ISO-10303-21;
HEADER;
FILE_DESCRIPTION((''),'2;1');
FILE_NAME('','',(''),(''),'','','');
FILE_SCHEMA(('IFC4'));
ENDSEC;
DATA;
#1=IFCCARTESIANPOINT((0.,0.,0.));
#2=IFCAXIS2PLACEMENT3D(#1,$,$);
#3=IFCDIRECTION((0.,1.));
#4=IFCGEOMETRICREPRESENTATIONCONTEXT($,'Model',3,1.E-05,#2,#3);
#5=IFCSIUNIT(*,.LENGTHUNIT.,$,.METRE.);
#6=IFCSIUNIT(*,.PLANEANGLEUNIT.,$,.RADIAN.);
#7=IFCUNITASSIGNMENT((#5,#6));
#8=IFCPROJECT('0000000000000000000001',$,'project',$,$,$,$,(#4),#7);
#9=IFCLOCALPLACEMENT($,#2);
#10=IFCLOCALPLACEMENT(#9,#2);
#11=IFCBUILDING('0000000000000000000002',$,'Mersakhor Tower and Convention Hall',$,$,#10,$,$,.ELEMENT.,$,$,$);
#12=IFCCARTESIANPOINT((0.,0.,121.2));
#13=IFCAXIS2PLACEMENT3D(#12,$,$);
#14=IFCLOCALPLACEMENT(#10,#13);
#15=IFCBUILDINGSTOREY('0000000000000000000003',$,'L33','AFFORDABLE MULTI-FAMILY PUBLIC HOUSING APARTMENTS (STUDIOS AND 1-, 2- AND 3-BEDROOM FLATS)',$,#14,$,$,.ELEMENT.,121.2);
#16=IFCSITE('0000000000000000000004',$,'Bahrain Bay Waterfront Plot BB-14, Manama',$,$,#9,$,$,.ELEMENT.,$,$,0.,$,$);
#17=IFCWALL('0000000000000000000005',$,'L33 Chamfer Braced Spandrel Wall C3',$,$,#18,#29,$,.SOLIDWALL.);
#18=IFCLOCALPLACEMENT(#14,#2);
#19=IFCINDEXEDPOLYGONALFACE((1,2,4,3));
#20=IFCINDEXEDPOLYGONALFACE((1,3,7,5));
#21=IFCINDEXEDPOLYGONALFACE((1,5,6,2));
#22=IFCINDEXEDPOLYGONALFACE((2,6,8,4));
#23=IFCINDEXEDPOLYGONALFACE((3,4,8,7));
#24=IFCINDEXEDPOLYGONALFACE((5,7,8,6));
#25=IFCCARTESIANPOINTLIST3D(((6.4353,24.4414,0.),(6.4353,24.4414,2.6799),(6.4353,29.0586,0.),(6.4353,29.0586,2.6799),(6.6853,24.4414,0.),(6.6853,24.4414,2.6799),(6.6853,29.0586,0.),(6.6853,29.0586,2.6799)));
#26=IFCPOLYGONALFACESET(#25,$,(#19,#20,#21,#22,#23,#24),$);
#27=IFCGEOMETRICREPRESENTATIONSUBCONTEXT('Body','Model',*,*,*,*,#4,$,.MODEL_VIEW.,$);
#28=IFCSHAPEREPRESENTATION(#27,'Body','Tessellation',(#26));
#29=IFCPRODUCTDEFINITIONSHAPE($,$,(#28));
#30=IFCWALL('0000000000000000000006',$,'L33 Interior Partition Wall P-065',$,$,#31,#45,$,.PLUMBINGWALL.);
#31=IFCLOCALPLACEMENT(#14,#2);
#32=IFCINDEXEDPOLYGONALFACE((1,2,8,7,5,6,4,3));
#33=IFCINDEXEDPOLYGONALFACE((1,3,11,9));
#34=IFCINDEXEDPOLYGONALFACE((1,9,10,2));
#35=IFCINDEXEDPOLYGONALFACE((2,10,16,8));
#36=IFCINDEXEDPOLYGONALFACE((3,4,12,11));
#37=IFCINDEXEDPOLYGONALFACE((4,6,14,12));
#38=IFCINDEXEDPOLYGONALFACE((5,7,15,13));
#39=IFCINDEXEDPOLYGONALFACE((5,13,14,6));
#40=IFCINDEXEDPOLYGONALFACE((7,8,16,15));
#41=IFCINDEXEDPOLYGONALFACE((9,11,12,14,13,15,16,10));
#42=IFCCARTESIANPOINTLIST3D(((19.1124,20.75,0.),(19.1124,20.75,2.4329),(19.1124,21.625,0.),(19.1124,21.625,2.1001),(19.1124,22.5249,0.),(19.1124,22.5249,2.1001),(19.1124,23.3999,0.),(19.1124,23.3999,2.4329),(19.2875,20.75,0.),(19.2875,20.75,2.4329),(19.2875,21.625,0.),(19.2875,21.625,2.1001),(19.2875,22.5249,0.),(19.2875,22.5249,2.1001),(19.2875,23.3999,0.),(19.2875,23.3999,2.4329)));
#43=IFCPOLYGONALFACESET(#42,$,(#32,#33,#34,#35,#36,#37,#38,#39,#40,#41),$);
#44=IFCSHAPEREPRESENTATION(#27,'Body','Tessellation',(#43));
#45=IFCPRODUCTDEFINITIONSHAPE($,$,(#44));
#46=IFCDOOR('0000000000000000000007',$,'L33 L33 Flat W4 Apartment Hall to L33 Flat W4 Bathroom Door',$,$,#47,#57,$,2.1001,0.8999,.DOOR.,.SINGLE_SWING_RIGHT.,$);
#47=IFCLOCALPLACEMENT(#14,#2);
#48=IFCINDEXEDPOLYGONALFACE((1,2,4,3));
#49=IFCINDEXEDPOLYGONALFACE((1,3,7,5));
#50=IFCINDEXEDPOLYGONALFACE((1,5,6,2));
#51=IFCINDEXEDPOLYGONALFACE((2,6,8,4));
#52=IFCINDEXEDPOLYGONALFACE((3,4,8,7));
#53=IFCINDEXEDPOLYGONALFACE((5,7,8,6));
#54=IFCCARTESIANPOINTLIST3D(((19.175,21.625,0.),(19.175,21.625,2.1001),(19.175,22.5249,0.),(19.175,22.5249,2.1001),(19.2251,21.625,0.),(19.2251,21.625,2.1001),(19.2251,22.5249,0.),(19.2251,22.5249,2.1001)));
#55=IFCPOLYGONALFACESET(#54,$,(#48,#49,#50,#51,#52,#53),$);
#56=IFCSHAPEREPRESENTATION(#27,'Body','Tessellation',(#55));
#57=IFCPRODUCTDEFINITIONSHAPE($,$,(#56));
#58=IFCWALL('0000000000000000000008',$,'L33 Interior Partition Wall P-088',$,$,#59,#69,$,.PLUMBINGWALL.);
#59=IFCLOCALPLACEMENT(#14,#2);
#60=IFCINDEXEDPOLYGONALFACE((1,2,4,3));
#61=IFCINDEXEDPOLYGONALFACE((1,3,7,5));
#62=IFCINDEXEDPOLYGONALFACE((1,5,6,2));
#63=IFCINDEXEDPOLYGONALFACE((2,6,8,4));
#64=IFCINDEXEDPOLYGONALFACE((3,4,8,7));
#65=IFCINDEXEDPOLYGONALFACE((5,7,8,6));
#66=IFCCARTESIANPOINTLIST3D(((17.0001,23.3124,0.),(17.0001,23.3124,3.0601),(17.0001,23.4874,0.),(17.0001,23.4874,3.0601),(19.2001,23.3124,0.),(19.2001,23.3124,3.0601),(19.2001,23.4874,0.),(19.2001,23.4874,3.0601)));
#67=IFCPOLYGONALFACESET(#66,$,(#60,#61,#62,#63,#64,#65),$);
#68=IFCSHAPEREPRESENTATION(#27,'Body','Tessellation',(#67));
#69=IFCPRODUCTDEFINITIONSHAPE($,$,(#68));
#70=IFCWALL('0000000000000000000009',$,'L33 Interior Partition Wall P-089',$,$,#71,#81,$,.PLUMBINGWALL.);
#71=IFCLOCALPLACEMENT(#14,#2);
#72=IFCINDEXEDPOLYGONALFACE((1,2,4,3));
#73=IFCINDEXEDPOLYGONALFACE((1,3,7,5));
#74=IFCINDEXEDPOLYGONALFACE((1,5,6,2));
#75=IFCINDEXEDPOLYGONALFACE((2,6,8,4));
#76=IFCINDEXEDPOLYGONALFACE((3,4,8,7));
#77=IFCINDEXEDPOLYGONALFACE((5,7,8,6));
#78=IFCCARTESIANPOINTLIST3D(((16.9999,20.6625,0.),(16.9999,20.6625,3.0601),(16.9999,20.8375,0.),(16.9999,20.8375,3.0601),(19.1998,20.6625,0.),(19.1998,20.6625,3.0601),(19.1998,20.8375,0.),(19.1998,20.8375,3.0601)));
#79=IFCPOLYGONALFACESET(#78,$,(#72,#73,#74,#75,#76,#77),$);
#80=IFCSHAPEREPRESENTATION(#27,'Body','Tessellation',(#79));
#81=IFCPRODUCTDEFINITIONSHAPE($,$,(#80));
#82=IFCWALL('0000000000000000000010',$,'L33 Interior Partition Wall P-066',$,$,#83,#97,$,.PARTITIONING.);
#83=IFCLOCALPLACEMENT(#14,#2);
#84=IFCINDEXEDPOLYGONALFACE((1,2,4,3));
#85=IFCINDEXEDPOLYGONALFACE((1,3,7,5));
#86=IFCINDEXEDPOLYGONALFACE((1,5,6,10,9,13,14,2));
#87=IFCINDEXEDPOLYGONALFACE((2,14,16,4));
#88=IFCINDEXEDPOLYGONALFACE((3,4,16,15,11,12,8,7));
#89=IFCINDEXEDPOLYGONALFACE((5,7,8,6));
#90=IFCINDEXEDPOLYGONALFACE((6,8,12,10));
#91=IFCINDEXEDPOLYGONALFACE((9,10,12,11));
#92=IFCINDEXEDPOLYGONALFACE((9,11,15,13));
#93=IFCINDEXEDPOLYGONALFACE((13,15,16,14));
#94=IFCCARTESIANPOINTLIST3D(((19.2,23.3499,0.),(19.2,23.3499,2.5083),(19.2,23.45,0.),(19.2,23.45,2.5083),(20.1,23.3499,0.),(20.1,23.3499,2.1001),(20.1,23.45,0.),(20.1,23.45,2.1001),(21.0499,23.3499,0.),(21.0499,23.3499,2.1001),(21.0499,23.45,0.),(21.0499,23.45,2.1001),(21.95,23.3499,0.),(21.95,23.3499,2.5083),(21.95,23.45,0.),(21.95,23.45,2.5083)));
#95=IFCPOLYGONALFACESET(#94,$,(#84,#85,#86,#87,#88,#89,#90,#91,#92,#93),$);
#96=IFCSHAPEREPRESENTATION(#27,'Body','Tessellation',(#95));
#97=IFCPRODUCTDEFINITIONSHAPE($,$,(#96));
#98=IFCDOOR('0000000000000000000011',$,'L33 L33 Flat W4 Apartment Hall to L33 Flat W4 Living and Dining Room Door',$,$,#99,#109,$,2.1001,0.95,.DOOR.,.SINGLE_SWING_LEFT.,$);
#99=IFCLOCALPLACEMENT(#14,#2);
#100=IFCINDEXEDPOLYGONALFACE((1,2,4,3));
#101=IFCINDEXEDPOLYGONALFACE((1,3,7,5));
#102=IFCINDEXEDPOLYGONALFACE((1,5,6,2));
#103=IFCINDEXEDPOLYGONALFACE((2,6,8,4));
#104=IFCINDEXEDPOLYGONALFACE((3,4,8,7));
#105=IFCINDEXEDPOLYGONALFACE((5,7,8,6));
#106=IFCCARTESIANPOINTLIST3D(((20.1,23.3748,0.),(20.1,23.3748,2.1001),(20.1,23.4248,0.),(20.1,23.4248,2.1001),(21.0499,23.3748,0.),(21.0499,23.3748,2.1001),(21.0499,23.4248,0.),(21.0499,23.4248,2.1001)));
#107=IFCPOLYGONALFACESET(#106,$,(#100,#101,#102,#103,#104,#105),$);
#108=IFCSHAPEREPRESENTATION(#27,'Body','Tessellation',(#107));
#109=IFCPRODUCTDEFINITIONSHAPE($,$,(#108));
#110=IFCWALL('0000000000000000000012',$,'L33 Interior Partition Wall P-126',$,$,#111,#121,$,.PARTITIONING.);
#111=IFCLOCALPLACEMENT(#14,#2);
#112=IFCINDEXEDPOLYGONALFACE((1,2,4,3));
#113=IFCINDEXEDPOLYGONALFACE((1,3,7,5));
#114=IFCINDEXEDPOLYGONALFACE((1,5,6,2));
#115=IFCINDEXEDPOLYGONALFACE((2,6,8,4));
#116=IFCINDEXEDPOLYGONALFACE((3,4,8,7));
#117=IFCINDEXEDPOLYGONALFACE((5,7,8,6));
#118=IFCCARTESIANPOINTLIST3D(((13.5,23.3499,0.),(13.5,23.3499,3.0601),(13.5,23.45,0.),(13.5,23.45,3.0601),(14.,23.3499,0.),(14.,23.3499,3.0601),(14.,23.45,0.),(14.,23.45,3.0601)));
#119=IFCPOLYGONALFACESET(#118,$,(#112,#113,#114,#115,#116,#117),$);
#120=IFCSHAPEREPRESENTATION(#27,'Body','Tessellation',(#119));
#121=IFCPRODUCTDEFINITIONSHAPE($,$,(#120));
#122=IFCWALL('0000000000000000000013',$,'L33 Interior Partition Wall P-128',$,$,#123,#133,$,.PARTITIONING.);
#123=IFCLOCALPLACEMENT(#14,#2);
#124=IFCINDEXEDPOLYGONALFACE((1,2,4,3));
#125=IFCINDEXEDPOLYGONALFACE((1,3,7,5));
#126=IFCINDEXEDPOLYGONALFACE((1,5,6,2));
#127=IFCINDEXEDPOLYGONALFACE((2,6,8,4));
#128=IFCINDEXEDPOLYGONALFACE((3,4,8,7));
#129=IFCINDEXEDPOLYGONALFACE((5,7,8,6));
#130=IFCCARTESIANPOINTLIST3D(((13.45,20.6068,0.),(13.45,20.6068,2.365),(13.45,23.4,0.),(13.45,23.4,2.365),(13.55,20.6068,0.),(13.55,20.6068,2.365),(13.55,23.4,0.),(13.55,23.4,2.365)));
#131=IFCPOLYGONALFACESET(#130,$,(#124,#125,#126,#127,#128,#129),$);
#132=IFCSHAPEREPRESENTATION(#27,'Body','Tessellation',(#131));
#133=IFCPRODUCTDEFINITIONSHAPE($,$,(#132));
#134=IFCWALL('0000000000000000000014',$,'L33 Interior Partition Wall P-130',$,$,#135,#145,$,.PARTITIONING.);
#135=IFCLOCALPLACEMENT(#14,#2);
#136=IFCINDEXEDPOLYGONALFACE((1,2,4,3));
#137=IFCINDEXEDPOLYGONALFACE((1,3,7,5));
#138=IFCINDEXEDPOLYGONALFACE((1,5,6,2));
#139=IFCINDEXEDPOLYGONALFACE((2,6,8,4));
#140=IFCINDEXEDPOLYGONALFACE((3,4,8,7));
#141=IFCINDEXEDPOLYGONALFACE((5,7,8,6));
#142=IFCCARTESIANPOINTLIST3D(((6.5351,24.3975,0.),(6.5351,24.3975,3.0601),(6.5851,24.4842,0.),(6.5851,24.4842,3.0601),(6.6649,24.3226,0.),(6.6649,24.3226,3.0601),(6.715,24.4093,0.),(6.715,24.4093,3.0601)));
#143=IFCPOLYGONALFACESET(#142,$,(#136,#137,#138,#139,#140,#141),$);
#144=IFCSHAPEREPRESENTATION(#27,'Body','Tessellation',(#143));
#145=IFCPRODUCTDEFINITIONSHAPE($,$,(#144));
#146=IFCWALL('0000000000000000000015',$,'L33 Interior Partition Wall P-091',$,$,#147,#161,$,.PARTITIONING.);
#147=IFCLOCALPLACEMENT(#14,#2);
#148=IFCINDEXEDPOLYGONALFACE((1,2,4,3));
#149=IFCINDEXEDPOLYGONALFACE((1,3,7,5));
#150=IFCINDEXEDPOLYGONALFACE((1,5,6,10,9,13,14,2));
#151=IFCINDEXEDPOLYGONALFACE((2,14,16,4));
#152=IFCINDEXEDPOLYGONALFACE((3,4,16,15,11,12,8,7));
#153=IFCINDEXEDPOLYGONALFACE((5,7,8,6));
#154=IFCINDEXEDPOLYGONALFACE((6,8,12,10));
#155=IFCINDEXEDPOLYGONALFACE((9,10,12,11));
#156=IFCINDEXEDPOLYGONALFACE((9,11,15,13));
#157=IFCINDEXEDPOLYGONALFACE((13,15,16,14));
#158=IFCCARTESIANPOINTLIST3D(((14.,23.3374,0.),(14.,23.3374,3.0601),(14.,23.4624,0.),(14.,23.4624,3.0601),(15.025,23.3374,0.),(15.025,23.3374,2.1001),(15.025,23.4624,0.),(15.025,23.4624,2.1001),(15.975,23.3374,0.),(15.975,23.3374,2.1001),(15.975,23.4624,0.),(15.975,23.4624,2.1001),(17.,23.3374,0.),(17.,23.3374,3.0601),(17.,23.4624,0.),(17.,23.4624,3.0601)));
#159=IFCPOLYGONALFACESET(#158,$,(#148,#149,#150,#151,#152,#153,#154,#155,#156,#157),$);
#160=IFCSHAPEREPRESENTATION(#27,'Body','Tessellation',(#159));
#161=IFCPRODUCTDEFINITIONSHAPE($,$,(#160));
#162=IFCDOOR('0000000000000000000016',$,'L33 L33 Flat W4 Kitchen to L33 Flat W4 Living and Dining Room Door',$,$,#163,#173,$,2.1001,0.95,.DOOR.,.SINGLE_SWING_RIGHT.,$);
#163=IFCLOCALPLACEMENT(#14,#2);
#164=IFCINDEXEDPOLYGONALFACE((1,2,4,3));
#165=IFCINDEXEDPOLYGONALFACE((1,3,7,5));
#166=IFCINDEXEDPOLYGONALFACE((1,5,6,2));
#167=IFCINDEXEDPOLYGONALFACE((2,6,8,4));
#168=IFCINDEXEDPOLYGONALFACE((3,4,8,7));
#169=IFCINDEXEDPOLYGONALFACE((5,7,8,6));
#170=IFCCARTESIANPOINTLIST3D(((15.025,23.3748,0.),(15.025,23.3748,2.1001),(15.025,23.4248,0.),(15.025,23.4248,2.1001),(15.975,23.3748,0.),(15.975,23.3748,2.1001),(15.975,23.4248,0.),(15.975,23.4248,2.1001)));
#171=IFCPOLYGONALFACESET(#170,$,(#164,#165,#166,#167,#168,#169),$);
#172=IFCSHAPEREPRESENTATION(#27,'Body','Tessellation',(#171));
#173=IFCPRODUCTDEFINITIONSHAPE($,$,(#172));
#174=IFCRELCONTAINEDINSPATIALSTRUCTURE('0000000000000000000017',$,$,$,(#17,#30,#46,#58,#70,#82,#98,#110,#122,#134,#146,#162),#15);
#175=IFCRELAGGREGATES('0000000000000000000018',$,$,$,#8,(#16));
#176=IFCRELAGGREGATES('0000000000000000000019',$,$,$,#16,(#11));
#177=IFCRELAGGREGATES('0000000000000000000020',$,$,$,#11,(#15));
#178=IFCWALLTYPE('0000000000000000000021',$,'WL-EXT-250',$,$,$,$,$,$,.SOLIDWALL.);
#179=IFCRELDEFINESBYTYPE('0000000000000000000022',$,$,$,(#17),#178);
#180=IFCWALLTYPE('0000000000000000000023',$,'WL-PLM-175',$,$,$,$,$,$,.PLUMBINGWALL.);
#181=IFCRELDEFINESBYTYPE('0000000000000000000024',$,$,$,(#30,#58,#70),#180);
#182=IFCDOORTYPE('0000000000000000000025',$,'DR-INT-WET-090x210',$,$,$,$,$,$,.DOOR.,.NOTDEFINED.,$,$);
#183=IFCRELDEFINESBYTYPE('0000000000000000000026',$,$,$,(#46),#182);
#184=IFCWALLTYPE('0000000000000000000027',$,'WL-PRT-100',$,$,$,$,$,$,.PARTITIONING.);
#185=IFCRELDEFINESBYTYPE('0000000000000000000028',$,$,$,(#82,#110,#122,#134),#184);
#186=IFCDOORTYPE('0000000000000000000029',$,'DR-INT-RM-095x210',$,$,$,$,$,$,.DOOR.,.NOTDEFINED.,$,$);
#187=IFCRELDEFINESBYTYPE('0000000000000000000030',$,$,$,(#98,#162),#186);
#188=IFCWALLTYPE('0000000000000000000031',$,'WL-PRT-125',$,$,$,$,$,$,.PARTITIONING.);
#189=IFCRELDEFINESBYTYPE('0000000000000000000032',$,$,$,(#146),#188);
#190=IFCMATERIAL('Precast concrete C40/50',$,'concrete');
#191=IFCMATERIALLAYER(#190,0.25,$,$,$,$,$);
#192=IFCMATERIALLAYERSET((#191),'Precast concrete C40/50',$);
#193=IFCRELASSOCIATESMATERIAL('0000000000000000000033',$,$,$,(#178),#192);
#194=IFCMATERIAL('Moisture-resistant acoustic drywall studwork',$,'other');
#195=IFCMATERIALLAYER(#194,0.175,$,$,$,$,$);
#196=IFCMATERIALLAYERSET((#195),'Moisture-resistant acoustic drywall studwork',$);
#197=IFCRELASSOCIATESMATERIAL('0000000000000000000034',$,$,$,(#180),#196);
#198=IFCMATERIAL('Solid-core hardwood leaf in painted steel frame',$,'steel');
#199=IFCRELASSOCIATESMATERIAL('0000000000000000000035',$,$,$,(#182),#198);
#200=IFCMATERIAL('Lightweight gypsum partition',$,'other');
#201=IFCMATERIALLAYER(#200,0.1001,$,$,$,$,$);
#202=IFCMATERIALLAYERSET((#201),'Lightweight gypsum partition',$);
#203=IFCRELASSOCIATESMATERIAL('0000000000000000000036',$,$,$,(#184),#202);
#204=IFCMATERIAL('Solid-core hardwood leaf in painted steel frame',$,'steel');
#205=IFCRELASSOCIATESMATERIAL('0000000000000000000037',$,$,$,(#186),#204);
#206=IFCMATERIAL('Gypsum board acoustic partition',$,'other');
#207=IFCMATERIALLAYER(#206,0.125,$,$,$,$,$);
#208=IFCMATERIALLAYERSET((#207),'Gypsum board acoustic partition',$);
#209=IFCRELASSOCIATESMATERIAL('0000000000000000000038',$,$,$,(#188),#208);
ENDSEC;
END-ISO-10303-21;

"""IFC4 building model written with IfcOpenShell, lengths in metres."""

from ifc_helpers import new_model, si_unit, direction, frame, frame_2d, origin, place, context, subcontext, project, spatial, rectangle, extrude, material, layer, layer_set, type_object, element, fill, save


model = new_model("IFC4")

# Units and contexts
model_context = context("Model", 3, precision=1e-05, world=origin(), true_north=direction((0.0, 1.0)))
body_context = subcontext(model_context, "Body", "Model", "MODEL_VIEW")
ifc_project = project(units=[si_unit("LENGTHUNIT", "METRE"), si_unit("PLANEANGLEUNIT", "RADIAN")], contexts=[model_context])

# Site, building, storey
site_placement = place(None, origin())
site = spatial("IfcSite", under=ifc_project, at=site_placement, Name="Bahrain Bay Waterfront Plot BB-14, Manama", CompositionType="ELEMENT", RefElevation=0.0)
building_placement = place(site_placement, origin())
building = spatial("IfcBuilding", under=site, at=building_placement, Name="Mersakhor Tower and Convention Hall", CompositionType="ELEMENT")
storey_placement = place(building_placement, frame((0.0, 0.0, 121.2)))
storey = spatial("IfcBuildingStorey", under=building, at=storey_placement, Name="L33", Description="AFFORDABLE MULTI-FAMILY PUBLIC HOUSING APARTMENTS (STUDIOS AND 1-, 2- AND 3-BEDROOM FLATS)", CompositionType="ELEMENT", Elevation=121.2)

# Wall
ifc_material_1 = material(Name="Precast concrete C40/50", Category="concrete")
ifc_layer_1 = layer(ifc_material_1, 0.25)
ifc_layer_set_1 = layer_set([ifc_layer_1], Name="Precast concrete C40/50")
wall_type_1 = type_object("IfcWallType", Name="WL-EXT-250", PredefinedType="SOLIDWALL", material=ifc_layer_set_1)
wall_1_placement = place(storey_placement, frame((6.5603, 24.4414, 0.0), z_axis=(0.0, 0.0, 1.0), x_axis=(0.0, 1.0, 0.0)))
element("IfcWall", 1, at=wall_1_placement, inside=storey, type_object=wall_type_1, Name="L33 Chamfer Braced Spandrel Wall C3", PredefinedType="SOLIDWALL", context=body_context, shape_type="SweptSolid", body=[
    extrude(rectangle(XDim=4.6172, YDim=0.25, at=frame_2d((2.3086, 0.0))), origin(), (0.0, 0.0, 1.0), 2.6799),
])

# Wall, opening, door
ifc_material_2 = material(Name="Moisture-resistant acoustic drywall studwork", Category="other")
ifc_layer_2 = layer(ifc_material_2, 0.175)
ifc_layer_set_2 = layer_set([ifc_layer_2], Name="Moisture-resistant acoustic drywall studwork")
wall_type_2 = type_object("IfcWallType", Name="WL-PLM-175", PredefinedType="PLUMBINGWALL", material=ifc_layer_set_2)
wall_2_placement = place(storey_placement, frame((19.2, 20.75, 0.0), z_axis=(0.0, 0.0, 1.0), x_axis=(0.0, 1.0, 0.0)))
wall_2 = element("IfcWall", 2, at=wall_2_placement, inside=storey, type_object=wall_type_2, Name="L33 Interior Partition Wall P-065", PredefinedType="PLUMBINGWALL", context=body_context, shape_type="SweptSolid", body=[
    extrude(rectangle(XDim=2.6499, YDim=0.175, at=frame_2d((1.325, 0.0))), origin(), (0.0, 0.0, 1.0), 2.4329),
])
opening_1_placement = place(wall_2_placement, frame((0.875, 0.0, 0.0)))
opening_1 = element("IfcOpeningElement", 3, at=opening_1_placement, cuts=wall_2, PredefinedType="OPENING", context=body_context, shape_type="SweptSolid", body=[
    extrude(rectangle(XDim=0.8999, YDim=2.1001, at=frame_2d((0.45, 1.05))), frame((0.0, 0.0974, 0.0), z_axis=(0.0, -1.0, 0.0), x_axis=(1.0, 0.0, 0.0)), (0.0, 0.0, 1.0), 0.1951),
])
ifc_material_3 = material(Name="Solid-core hardwood leaf in painted steel frame", Category="steel")
door_type_1 = type_object("IfcDoorType", Name="DR-INT-WET-090x210", OperationType="NOTDEFINED", PredefinedType="DOOR", material=ifc_material_3)
door_1_placement = place(opening_1_placement, origin())
door_1 = element("IfcDoor", 4, at=door_1_placement, inside=storey, type_object=door_type_1, Name="L33 L33 Flat W4 Apartment Hall to L33 Flat W4 Bathroom Door", OperationType="SINGLE_SWING_RIGHT", OverallHeight=2.1001, OverallWidth=0.8999, PredefinedType="DOOR", context=body_context, shape_type="SweptSolid", body=[
    extrude(rectangle(XDim=0.8999, YDim=2.1001, at=frame_2d((0.45, 1.05))), frame((0.0, 0.0249, 0.0), z_axis=(0.0, -1.0, 0.0), x_axis=(1.0, 0.0, 0.0)), (0.0, 0.0, 1.0), 0.05),
])
fill(opening_1, door_1)

# Walls
for number, where, z_axis, x_axis, name in (
    (5, (17.0, 23.3999, 0.0), (0.0, 0.0, 1.0), (1.0, 0.0, 0.0), "L33 Interior Partition Wall P-088"),
    (6, (19.2, 20.75, 0.0), (0.0, 0.0, 1.0), (-1.0, 0.0, 0.0), "L33 Interior Partition Wall P-089"),
):
    element("IfcWall", number, at=place(storey_placement, frame(where, z_axis=z_axis, x_axis=x_axis)), inside=storey, type_object=wall_type_2, Name=name, PredefinedType="PLUMBINGWALL", context=body_context, shape_type="SweptSolid", body=[
        extrude(rectangle(XDim=2.2, YDim=0.175, at=frame_2d((1.1001, 0.0))), origin(), (0.0, 0.0, 1.0), 3.0601),
    ])

# Wall, opening, door
ifc_material_4 = material(Name="Lightweight gypsum partition", Category="other")
ifc_layer_3 = layer(ifc_material_4, 0.1001)
ifc_layer_set_3 = layer_set([ifc_layer_3], Name="Lightweight gypsum partition")
wall_type_3 = type_object("IfcWallType", Name="WL-PRT-100", PredefinedType="PARTITIONING", material=ifc_layer_set_3)
wall_3_placement = place(storey_placement, frame((19.2, 23.3999, 0.0), z_axis=(0.0, 0.0, 1.0), x_axis=(1.0, 0.0, 0.0)))
wall_3 = element("IfcWall", 7, at=wall_3_placement, inside=storey, type_object=wall_type_3, Name="L33 Interior Partition Wall P-066", PredefinedType="PARTITIONING", context=body_context, shape_type="SweptSolid", body=[
    extrude(rectangle(XDim=2.75, YDim=0.1001, at=frame_2d((1.375, 0.0))), origin(), (0.0, 0.0, 1.0), 2.5083),
])
opening_2_placement = place(wall_3_placement, frame((0.8999, 0.0, 0.0)))
opening_2 = element("IfcOpeningElement", 8, at=opening_2_placement, cuts=wall_3, PredefinedType="OPENING", context=body_context, shape_type="SweptSolid", body=[
    extrude(rectangle(XDim=0.95, YDim=2.1001, at=frame_2d((0.4751, 1.05))), frame((0.0, 0.0601, 0.0), z_axis=(0.0, -1.0, 0.0), x_axis=(1.0, 0.0, 0.0)), (0.0, 0.0, 1.0), 0.1201),
])
ifc_material_5 = material(Name="Solid-core hardwood leaf in painted steel frame", Category="steel")
door_type_2 = type_object("IfcDoorType", Name="DR-INT-RM-095x210", OperationType="NOTDEFINED", PredefinedType="DOOR", material=ifc_material_5)
door_2_placement = place(opening_2_placement, origin())
door_2 = element("IfcDoor", 9, at=door_2_placement, inside=storey, type_object=door_type_2, Name="L33 L33 Flat W4 Apartment Hall to L33 Flat W4 Living and Dining Room Door", OperationType="SINGLE_SWING_LEFT", OverallHeight=2.1001, OverallWidth=0.95, PredefinedType="DOOR", context=body_context, shape_type="SweptSolid", body=[
    extrude(rectangle(XDim=0.95, YDim=2.1001, at=frame_2d((0.4751, 1.05))), frame((0.0, 0.0249, 0.0), z_axis=(0.0, -1.0, 0.0), x_axis=(1.0, 0.0, 0.0)), (0.0, 0.0, 1.0), 0.05),
])
fill(opening_2, door_2)

# Walls
wall_4_placement = place(storey_placement, frame((14.0, 23.3999, 0.0), z_axis=(0.0, 0.0, 1.0), x_axis=(-1.0, 0.0, 0.0)))
element("IfcWall", 10, at=wall_4_placement, inside=storey, type_object=wall_type_3, Name="L33 Interior Partition Wall P-126", PredefinedType="PARTITIONING", context=body_context, shape_type="SweptSolid", body=[
    extrude(rectangle(XDim=0.5, YDim=0.1001, at=frame_2d((0.25, 0.0))), origin(), (0.0, 0.0, 1.0), 3.0601),
])
wall_5_placement = place(storey_placement, frame((13.5, 23.3999, 0.0), z_axis=(0.0, 0.0, 1.0), x_axis=(0.0, -1.0, 0.0)))
element("IfcWall", 11, at=wall_5_placement, inside=storey, type_object=wall_type_3, Name="L33 Interior Partition Wall P-128", PredefinedType="PARTITIONING", context=body_context, shape_type="SweptSolid", body=[
    extrude(rectangle(XDim=2.7932, YDim=0.1001, at=frame_2d((1.3965, 0.0))), origin(), (0.0, 0.0, 1.0), 2.365),
])
wall_6_placement = place(storey_placement, frame((6.6899, 24.366, 0.0), z_axis=(0.0, 0.0, 1.0), x_axis=(-0.866131, 0.499816, 0.0)))
element("IfcWall", 12, at=wall_6_placement, inside=storey, type_object=wall_type_3, Name="L33 Interior Partition Wall P-130", PredefinedType="PARTITIONING", context=body_context, shape_type="SweptSolid", body=[
    extrude(rectangle(XDim=0.1499, YDim=0.1001, at=frame_2d((0.075, 0.0))), origin(), (0.0, 0.0, 1.0), 3.0601),
])

# Wall, opening, door
ifc_material_6 = material(Name="Gypsum board acoustic partition", Category="other")
ifc_layer_4 = layer(ifc_material_6, 0.125)
ifc_layer_set_4 = layer_set([ifc_layer_4], Name="Gypsum board acoustic partition")
wall_type_4 = type_object("IfcWallType", Name="WL-PRT-125", PredefinedType="PARTITIONING", material=ifc_layer_set_4)
wall_7_placement = place(storey_placement, frame((14.0, 23.3999, 0.0), z_axis=(0.0, 0.0, 1.0), x_axis=(1.0, 0.0, 0.0)))
wall_7 = element("IfcWall", 13, at=wall_7_placement, inside=storey, type_object=wall_type_4, Name="L33 Interior Partition Wall P-091", PredefinedType="PARTITIONING", context=body_context, shape_type="SweptSolid", body=[
    extrude(rectangle(XDim=3.0, YDim=0.125, at=frame_2d((1.5, 0.0))), origin(), (0.0, 0.0, 1.0), 3.0601),
])
opening_3_placement = place(wall_7_placement, frame((1.0249, 0.0, 0.0)))
opening_3 = element("IfcOpeningElement", 14, at=opening_3_placement, cuts=wall_7, PredefinedType="OPENING", context=body_context, shape_type="SweptSolid", body=[
    extrude(rectangle(XDim=0.95, YDim=2.1001, at=frame_2d((0.4751, 1.05))), frame((0.0, 0.0725, 0.0), z_axis=(0.0, -1.0, 0.0), x_axis=(1.0, 0.0, 0.0)), (0.0, 0.0, 1.0), 0.145),
])
door_3_placement = place(opening_3_placement, origin())
door_3 = element("IfcDoor", 15, at=door_3_placement, inside=storey, type_object=door_type_2, Name="L33 L33 Flat W4 Kitchen to L33 Flat W4 Living and Dining Room Door", OperationType="SINGLE_SWING_RIGHT", OverallHeight=2.1001, OverallWidth=0.95, PredefinedType="DOOR", context=body_context, shape_type="SweptSolid", body=[
    extrude(rectangle(XDim=0.95, YDim=2.1001, at=frame_2d((0.4751, 1.05))), frame((0.0, 0.0249, 0.0), z_axis=(0.0, -1.0, 0.0), x_axis=(1.0, 0.0, 0.0)), (0.0, 0.0, 1.0), 0.05),
])
fill(opening_3, door_3)

save(model, "model.ifc")
